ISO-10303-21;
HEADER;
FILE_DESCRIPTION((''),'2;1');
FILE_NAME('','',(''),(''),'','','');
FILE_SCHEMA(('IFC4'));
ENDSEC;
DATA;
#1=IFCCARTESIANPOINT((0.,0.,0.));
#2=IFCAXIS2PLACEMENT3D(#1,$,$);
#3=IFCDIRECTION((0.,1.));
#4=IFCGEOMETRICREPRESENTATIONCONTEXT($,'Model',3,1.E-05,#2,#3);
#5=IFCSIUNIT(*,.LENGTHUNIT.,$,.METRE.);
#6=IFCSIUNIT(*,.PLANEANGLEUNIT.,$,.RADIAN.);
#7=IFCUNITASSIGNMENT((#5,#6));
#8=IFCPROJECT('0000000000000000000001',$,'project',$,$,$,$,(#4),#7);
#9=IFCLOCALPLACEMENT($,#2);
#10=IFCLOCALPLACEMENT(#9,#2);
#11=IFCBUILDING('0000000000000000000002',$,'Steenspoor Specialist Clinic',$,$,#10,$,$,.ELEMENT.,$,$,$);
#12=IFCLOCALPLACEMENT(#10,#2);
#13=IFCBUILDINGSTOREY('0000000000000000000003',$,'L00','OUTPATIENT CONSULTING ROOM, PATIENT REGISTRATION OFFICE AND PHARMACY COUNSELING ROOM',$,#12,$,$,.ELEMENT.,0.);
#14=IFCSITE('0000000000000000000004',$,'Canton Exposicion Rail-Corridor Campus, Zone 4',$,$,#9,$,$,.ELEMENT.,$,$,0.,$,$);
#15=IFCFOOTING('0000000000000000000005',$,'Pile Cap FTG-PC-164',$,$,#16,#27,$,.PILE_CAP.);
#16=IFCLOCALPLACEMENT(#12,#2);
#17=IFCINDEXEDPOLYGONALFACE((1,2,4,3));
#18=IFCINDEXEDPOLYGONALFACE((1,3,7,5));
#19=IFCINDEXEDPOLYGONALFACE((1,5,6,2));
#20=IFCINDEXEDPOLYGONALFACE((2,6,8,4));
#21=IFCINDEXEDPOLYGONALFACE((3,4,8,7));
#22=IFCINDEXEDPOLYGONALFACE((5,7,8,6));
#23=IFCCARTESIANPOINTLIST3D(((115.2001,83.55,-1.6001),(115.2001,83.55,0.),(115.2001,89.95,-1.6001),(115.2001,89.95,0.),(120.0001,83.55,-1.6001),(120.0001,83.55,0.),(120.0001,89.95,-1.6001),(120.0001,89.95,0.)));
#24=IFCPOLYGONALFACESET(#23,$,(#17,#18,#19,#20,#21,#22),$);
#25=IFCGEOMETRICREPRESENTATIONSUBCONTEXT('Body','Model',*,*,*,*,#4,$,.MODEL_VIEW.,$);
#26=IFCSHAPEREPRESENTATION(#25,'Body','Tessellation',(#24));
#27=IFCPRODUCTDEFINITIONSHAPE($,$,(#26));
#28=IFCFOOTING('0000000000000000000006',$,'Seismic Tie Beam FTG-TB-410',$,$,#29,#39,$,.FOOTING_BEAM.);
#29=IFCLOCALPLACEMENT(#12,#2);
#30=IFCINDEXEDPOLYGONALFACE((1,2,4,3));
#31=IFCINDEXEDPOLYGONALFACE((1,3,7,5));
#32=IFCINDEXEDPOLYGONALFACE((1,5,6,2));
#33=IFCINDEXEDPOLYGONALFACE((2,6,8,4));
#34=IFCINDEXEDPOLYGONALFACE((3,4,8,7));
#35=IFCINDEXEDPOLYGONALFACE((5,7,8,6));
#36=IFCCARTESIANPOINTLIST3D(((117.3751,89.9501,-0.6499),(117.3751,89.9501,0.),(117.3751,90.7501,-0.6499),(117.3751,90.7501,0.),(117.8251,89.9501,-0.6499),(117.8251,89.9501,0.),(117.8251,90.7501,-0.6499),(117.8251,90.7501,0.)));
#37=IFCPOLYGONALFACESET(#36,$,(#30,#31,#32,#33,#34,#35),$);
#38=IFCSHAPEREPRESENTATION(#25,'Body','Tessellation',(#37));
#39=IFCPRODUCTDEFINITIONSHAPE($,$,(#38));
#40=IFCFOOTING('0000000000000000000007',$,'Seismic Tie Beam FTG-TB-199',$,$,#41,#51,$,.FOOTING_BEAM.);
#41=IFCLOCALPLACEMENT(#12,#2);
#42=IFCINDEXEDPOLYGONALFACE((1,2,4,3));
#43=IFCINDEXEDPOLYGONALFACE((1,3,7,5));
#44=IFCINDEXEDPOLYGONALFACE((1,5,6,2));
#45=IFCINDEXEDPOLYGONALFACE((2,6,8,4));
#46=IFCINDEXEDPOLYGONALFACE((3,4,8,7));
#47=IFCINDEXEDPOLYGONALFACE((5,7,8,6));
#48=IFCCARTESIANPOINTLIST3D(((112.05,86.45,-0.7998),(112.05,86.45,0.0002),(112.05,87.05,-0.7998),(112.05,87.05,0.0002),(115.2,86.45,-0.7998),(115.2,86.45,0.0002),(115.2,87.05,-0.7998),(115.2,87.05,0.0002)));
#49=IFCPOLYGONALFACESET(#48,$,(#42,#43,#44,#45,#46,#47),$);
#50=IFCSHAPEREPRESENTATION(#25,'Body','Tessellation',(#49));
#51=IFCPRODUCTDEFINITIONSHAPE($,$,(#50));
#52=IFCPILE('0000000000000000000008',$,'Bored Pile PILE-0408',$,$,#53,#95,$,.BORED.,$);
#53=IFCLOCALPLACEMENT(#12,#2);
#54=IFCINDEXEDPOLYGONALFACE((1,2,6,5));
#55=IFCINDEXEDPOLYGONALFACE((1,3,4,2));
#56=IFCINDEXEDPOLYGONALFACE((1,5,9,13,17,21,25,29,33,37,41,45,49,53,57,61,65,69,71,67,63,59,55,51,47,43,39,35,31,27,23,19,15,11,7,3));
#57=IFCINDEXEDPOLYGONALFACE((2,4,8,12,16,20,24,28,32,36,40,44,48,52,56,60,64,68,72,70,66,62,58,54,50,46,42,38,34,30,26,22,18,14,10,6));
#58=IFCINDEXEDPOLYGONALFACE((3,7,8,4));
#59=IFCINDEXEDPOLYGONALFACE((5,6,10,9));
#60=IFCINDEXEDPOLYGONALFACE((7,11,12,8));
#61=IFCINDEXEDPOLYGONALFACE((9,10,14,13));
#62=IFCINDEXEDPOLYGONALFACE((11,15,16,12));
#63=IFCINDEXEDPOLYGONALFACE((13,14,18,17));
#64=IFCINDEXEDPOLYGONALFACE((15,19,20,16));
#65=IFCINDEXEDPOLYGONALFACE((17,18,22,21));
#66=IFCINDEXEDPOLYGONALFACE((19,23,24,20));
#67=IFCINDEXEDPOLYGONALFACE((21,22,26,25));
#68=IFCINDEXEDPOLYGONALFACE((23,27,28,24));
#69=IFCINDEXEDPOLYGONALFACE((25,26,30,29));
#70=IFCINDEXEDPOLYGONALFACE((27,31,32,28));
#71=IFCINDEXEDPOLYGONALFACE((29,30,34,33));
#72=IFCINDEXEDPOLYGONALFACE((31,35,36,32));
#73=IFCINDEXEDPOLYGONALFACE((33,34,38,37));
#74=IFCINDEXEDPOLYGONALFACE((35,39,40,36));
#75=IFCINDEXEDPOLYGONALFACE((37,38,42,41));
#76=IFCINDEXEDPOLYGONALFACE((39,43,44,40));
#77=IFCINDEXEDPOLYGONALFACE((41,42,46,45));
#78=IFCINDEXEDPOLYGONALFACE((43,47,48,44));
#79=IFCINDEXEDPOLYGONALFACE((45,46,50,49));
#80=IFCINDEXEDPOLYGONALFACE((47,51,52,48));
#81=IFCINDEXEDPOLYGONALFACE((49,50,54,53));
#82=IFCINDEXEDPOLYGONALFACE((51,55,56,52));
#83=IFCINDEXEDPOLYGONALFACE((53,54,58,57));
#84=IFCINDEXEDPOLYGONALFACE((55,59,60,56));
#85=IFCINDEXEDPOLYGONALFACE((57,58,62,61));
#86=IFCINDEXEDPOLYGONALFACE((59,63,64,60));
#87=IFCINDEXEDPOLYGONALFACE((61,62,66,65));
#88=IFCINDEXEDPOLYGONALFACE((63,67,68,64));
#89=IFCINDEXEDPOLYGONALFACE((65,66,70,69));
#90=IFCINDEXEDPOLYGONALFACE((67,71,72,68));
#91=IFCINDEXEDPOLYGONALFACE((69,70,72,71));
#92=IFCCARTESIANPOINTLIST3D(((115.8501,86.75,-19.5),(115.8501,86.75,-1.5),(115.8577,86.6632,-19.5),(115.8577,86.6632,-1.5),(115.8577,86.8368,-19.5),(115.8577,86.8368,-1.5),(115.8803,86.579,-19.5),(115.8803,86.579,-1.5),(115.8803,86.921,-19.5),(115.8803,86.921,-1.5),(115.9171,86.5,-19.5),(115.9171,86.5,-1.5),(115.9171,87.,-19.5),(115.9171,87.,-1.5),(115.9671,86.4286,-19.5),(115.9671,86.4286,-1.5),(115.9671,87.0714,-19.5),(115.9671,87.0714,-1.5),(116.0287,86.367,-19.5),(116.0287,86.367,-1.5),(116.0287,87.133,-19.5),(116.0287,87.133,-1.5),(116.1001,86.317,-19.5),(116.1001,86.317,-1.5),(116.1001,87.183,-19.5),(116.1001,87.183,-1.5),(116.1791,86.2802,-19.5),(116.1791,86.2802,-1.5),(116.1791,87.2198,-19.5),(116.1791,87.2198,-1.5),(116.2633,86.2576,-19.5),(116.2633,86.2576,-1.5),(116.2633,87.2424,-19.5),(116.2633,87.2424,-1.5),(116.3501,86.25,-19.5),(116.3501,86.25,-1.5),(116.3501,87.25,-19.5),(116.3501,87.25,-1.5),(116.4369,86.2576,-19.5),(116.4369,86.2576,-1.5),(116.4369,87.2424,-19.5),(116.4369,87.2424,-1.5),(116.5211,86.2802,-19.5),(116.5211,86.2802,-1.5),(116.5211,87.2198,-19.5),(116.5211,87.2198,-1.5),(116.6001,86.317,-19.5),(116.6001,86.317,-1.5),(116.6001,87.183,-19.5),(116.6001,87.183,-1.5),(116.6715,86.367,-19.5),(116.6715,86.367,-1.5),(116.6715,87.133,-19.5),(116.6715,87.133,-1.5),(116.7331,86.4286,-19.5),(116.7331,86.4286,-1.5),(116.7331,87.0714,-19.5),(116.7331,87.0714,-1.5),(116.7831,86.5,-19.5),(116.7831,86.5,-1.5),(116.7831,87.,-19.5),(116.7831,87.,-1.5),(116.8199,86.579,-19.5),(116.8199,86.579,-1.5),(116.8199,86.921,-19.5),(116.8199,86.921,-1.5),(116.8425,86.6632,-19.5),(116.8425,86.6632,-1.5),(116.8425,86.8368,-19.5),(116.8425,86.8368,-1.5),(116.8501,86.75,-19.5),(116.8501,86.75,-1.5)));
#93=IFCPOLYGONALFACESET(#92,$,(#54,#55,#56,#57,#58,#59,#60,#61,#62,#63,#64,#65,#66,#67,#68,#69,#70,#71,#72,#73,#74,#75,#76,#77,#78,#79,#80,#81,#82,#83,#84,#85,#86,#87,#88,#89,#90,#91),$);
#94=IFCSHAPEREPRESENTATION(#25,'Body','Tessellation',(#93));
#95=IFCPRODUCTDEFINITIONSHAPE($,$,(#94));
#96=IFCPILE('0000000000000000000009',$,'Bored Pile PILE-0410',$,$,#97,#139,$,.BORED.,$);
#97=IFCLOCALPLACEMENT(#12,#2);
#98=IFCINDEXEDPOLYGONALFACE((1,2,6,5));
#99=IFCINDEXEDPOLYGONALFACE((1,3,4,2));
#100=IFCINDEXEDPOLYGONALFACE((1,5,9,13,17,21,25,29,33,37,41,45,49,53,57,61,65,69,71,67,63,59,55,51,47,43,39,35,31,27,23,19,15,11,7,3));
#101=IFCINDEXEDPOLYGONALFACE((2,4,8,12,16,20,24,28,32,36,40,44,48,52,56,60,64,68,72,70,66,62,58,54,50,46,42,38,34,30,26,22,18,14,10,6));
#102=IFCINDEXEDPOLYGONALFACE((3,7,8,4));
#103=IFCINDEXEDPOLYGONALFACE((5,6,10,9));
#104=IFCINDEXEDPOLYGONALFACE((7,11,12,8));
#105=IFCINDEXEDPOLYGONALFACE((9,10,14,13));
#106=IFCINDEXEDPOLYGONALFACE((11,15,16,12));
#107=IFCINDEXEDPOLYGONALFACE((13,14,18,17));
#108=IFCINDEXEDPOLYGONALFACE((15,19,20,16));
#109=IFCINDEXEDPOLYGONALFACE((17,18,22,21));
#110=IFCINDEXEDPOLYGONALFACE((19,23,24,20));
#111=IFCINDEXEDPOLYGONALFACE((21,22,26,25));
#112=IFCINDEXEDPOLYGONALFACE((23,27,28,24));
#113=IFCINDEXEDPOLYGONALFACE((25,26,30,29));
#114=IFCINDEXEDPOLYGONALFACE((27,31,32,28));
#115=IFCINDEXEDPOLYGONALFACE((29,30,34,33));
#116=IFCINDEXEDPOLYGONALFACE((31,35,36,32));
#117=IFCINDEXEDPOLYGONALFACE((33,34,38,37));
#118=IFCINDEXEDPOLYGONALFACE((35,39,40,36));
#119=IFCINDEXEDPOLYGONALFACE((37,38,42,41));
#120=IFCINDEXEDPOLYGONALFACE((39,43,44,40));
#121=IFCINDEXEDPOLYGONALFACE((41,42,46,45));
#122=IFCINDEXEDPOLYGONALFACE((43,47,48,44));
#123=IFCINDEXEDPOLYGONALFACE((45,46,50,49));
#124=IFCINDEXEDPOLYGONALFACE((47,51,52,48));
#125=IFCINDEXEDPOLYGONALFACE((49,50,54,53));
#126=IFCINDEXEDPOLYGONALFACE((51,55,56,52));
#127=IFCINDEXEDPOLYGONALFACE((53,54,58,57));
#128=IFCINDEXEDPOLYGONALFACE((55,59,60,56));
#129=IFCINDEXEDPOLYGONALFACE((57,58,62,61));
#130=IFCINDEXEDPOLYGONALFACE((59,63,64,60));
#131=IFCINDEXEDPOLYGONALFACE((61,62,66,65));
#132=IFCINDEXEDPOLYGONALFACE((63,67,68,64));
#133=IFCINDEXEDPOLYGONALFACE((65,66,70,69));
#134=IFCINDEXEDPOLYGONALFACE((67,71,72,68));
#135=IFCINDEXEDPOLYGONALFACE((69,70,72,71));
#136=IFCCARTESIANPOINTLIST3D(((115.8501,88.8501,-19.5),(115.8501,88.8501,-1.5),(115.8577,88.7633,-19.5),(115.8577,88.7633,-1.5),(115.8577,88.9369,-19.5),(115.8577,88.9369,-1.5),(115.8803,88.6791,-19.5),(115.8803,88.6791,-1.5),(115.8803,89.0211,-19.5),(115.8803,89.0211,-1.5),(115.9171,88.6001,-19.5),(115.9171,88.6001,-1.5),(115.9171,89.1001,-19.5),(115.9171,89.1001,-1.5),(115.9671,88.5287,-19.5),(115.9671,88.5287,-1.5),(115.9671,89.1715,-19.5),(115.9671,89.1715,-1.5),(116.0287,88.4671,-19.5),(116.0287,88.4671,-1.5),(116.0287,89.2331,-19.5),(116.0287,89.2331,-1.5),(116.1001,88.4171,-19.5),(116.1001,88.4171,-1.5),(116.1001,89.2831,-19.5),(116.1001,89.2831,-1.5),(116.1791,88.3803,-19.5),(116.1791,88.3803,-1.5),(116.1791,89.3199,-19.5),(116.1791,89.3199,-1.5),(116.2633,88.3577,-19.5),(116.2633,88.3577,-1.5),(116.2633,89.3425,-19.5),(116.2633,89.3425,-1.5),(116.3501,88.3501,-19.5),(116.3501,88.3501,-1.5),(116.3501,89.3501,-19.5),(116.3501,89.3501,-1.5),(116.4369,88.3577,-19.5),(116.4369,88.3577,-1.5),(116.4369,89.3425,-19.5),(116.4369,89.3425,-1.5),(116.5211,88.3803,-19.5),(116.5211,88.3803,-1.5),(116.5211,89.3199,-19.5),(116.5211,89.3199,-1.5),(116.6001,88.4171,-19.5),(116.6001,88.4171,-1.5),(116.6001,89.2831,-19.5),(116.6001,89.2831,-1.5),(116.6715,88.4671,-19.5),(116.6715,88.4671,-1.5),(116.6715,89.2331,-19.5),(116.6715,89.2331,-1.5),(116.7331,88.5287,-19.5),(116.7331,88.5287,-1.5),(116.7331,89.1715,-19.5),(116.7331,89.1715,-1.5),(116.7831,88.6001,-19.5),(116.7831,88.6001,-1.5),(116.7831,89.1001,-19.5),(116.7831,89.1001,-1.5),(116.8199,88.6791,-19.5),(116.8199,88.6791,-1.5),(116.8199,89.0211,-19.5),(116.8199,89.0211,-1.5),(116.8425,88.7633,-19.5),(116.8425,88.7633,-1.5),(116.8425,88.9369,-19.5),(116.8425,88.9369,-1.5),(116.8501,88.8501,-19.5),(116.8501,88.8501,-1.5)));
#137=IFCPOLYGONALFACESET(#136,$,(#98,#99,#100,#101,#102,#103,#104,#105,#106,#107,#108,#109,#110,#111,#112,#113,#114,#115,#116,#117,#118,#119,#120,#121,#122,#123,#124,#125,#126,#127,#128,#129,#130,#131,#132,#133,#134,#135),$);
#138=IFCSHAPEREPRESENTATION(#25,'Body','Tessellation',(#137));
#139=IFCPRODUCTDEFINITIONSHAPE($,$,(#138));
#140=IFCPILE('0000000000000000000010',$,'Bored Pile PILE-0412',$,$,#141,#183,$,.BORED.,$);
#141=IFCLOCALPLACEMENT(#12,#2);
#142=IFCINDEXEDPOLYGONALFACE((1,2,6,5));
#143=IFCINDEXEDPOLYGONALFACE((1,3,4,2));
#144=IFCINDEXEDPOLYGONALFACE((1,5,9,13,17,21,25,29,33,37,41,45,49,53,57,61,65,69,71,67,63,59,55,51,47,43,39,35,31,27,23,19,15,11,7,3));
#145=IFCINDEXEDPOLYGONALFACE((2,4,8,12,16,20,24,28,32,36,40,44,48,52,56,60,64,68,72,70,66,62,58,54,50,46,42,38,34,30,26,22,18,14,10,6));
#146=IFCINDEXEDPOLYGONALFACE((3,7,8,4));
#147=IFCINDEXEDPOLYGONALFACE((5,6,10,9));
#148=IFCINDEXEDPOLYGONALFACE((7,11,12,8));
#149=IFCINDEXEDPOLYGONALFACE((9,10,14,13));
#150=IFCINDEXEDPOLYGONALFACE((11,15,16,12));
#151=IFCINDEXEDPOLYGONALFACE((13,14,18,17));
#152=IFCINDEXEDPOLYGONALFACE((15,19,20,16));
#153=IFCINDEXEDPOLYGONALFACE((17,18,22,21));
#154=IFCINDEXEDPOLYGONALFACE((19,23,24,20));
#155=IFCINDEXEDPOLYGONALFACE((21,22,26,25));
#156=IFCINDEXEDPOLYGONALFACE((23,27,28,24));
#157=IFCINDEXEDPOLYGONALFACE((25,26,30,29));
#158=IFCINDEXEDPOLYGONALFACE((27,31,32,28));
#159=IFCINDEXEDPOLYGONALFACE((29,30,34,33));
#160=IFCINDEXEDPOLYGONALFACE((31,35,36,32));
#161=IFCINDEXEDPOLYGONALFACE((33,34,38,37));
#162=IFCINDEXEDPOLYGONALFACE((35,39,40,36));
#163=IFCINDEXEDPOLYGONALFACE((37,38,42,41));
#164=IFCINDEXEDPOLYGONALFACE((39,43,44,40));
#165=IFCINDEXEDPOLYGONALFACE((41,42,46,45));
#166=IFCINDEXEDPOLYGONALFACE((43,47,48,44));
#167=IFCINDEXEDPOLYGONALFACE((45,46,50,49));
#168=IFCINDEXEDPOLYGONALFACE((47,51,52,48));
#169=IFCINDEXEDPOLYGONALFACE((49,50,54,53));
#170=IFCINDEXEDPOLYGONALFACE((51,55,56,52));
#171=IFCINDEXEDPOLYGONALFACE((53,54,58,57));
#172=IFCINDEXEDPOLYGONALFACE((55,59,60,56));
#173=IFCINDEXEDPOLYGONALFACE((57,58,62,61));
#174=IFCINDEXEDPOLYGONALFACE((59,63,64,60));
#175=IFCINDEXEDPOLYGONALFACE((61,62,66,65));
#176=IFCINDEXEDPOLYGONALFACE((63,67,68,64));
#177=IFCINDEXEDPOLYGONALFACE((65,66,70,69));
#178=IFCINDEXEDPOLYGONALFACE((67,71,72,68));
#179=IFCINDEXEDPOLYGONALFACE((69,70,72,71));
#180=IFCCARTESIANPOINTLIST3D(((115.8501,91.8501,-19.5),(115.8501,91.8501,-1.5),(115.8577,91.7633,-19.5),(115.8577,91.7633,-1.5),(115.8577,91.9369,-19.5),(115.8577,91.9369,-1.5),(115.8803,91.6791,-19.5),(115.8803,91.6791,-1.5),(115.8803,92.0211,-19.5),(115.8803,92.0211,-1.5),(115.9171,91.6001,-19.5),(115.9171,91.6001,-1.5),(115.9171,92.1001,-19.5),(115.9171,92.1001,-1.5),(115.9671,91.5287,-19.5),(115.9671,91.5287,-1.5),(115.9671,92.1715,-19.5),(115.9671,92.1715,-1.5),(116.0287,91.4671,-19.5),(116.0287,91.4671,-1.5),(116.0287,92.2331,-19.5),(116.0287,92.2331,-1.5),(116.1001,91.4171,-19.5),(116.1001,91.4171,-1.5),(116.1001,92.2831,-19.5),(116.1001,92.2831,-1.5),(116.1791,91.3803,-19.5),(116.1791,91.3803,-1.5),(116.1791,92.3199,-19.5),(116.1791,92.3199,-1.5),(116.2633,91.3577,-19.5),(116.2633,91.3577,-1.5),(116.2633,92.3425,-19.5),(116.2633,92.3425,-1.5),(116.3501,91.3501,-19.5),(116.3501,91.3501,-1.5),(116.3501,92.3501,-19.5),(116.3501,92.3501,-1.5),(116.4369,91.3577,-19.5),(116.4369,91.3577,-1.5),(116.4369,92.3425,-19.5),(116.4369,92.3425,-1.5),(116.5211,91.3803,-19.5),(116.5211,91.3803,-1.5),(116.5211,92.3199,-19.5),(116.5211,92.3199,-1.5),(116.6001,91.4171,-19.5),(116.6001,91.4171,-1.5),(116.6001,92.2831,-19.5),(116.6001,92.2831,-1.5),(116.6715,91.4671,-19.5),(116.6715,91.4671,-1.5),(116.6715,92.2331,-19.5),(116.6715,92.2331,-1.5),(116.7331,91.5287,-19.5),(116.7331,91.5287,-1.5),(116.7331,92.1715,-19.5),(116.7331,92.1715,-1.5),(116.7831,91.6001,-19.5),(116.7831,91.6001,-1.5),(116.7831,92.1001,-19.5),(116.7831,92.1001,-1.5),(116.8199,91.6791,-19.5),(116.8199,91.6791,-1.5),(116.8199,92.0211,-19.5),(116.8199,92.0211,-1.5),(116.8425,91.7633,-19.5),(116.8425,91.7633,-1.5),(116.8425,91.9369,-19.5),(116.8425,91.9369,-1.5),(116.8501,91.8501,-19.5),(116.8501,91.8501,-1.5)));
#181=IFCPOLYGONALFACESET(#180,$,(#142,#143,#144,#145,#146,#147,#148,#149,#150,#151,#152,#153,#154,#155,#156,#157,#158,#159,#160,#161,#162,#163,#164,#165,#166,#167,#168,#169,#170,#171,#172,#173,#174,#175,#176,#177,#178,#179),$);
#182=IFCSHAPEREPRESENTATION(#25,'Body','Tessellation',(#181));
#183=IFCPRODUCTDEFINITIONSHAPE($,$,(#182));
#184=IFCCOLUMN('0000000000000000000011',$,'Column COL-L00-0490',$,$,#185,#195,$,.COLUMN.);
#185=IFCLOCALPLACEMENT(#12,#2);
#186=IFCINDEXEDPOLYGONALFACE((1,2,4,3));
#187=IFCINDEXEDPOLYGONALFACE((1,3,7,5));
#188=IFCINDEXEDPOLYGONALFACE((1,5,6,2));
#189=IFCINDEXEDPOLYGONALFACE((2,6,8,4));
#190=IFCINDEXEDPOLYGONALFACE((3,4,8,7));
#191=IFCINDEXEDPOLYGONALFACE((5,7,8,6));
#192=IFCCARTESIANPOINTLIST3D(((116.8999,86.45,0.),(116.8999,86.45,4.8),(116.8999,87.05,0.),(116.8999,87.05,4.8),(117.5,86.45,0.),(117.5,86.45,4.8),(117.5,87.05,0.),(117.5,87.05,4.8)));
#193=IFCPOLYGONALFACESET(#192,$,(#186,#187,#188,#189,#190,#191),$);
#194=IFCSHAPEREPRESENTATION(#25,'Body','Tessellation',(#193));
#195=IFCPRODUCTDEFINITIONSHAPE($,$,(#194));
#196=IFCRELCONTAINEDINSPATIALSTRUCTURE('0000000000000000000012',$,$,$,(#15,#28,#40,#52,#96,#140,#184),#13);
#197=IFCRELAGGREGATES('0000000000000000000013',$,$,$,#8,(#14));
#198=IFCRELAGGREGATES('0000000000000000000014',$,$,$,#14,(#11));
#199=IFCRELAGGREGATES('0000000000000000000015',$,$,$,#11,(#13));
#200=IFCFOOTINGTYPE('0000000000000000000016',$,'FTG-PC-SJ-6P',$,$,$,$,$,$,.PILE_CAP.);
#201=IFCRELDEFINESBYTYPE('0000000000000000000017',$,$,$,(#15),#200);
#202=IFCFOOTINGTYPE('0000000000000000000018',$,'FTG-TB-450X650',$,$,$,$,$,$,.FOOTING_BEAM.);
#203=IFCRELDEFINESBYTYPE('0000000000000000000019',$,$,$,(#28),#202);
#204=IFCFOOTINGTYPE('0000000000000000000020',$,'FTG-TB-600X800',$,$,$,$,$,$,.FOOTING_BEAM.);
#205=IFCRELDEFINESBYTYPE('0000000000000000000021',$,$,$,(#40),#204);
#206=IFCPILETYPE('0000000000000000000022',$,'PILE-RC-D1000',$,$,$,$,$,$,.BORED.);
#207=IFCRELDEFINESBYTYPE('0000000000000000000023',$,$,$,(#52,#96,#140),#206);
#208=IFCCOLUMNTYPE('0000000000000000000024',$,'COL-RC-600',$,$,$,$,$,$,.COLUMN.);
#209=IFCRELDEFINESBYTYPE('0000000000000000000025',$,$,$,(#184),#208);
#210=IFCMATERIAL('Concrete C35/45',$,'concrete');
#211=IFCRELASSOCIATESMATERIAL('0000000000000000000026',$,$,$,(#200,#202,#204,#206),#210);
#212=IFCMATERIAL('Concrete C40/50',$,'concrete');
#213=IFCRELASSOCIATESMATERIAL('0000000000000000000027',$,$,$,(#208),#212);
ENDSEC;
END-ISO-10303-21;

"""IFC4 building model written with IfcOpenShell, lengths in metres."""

from ifc_helpers import new_model, si_unit, direction, frame, origin, origin_2d, place, context, subcontext, project, spatial, rectangle, circle, extrude, material, material_profile, profile_set, type_object, element, save


model = new_model("IFC4")

# Units and contexts
model_context = context("Model", 3, precision=1e-05, world=origin(), true_north=direction((0.0, 1.0)))
body_context = subcontext(model_context, "Body", "Model", "MODEL_VIEW")
ifc_project = project(units=[si_unit("LENGTHUNIT", "METRE"), si_unit("PLANEANGLEUNIT", "RADIAN")], contexts=[model_context])

# Site, building, storey
site_placement = place(None, origin())
site = spatial("IfcSite", under=ifc_project, at=site_placement, Name="Canton Exposicion Rail-Corridor Campus, Zone 4", CompositionType="ELEMENT", RefElevation=0.0)
building_placement = place(site_placement, origin())
building = spatial("IfcBuilding", under=site, at=building_placement, Name="Steenspoor Specialist Clinic", CompositionType="ELEMENT")
storey_placement = place(building_placement, origin())
storey = spatial("IfcBuildingStorey", under=building, at=storey_placement, Name="L00", Description="OUTPATIENT CONSULTING ROOM, PATIENT REGISTRATION OFFICE AND PHARMACY COUNSELING ROOM", CompositionType="ELEMENT", Elevation=0.0)

# Footings
ifc_material_1 = material(Name="Concrete C35/45", Category="concrete")
footing_type_1 = type_object("IfcFootingType", Name="FTG-PC-SJ-6P", PredefinedType="PILE_CAP", material=ifc_material_1)
footing_1_placement = place(storey_placement, frame((117.6001, 86.75, -1.6001), z_axis=(0.0, 0.0, 1.0), x_axis=(1.0, 0.0, 0.0)))
element("IfcFooting", 1, at=footing_1_placement, inside=storey, type_object=footing_type_1, Name="Pile Cap FTG-PC-164", PredefinedType="PILE_CAP", context=body_context, shape_type="SweptSolid", body=[
    extrude(rectangle(XDim=4.8, YDim=6.3999, at=origin_2d()), origin(), (0.0, 0.0, 1.0), 1.6001),
])
footing_type_2 = type_object("IfcFootingType", Name="FTG-TB-450X650", PredefinedType="FOOTING_BEAM", material=ifc_material_1)
footing_2_placement = place(storey_placement, frame((117.6001, 90.3501, -0.6499), z_axis=(0.0, 0.0, 1.0), x_axis=(1.0, 0.0, 0.0)))
element("IfcFooting", 2, at=footing_2_placement, inside=storey, type_object=footing_type_2, Name="Seismic Tie Beam FTG-TB-410", PredefinedType="FOOTING_BEAM", context=body_context, shape_type="SweptSolid", body=[
    extrude(rectangle(XDim=0.45, YDim=0.8, at=origin_2d()), origin(), (0.0, 0.0, 1.0), 0.6499),
])
footing_type_3 = type_object("IfcFootingType", Name="FTG-TB-600X800", PredefinedType="FOOTING_BEAM", material=ifc_material_1)
footing_3_placement = place(storey_placement, frame((113.625, 86.75, -0.7998), z_axis=(0.0, 0.0, 1.0), x_axis=(1.0, 0.0, 0.0)))
element("IfcFooting", 3, at=footing_3_placement, inside=storey, type_object=footing_type_3, Name="Seismic Tie Beam FTG-TB-199", PredefinedType="FOOTING_BEAM", context=body_context, shape_type="SweptSolid", body=[
    extrude(rectangle(XDim=3.1499, YDim=0.6001, at=origin_2d()), origin(), (0.0, 0.0, 1.0), 0.8),
])

# Piles
ifc_material_profile_1 = material_profile(ifc_material_1, circle(Radius=0.5, at=origin_2d()), Name="PILE-D1000")
ifc_profile_set_1 = profile_set([ifc_material_profile_1], Name="Concrete C35/45")
pile_type = type_object("IfcPileType", Name="PILE-RC-D1000", PredefinedType="BORED", material=ifc_profile_set_1)
for number, where, z_axis, x_axis, name in (
    (4, (116.3501, 86.75, -1.5), (0.0, 0.0, -1.0), (1.0, 0.0, 0.0), "Bored Pile PILE-0408"),
    (5, (116.3501, 88.8501, -1.5), (0.0, 0.0, -1.0), (1.0, 0.0, 0.0), "Bored Pile PILE-0410"),
    (6, (116.3501, 91.8501, -1.5), (0.0, 0.0, -1.0), (1.0, 0.0, 0.0), "Bored Pile PILE-0412"),
):
    element("IfcPile", number, at=place(storey_placement, frame(where, z_axis=z_axis, x_axis=x_axis)), inside=storey, type_object=pile_type, Name=name, PredefinedType="BORED", context=body_context, shape_type="SweptSolid", body=[
        extrude(circle(Radius=0.5, at=origin_2d()), origin(), (0.0, 0.0, 1.0), 18.0),
    ])

# Column
ifc_material_2 = material(Name="Concrete C40/50", Category="concrete")
ifc_material_profile_2 = material_profile(ifc_material_2, rectangle(XDim=0.6001, YDim=0.6001, at=origin_2d()), Name="RC-COL-600X600")
ifc_profile_set_2 = profile_set([ifc_material_profile_2], Name="Concrete C40/50")
column_type = type_object("IfcColumnType", Name="COL-RC-600", PredefinedType="COLUMN", material=ifc_profile_set_2)
column_placement = place(storey_placement, frame((117.2, 86.75, 0.0), z_axis=(0.0, 0.0, 1.0), x_axis=(1.0, 0.0, 0.0)))
element("IfcColumn", 7, at=column_placement, inside=storey, type_object=column_type, Name="Column COL-L00-0490", PredefinedType="COLUMN", context=body_context, shape_type="SweptSolid", body=[
    extrude(rectangle(XDim=0.6001, YDim=0.6001, at=origin_2d()), origin(), (0.0, 0.0, 1.0), 4.8),
])

save(model, "model.ifc")
